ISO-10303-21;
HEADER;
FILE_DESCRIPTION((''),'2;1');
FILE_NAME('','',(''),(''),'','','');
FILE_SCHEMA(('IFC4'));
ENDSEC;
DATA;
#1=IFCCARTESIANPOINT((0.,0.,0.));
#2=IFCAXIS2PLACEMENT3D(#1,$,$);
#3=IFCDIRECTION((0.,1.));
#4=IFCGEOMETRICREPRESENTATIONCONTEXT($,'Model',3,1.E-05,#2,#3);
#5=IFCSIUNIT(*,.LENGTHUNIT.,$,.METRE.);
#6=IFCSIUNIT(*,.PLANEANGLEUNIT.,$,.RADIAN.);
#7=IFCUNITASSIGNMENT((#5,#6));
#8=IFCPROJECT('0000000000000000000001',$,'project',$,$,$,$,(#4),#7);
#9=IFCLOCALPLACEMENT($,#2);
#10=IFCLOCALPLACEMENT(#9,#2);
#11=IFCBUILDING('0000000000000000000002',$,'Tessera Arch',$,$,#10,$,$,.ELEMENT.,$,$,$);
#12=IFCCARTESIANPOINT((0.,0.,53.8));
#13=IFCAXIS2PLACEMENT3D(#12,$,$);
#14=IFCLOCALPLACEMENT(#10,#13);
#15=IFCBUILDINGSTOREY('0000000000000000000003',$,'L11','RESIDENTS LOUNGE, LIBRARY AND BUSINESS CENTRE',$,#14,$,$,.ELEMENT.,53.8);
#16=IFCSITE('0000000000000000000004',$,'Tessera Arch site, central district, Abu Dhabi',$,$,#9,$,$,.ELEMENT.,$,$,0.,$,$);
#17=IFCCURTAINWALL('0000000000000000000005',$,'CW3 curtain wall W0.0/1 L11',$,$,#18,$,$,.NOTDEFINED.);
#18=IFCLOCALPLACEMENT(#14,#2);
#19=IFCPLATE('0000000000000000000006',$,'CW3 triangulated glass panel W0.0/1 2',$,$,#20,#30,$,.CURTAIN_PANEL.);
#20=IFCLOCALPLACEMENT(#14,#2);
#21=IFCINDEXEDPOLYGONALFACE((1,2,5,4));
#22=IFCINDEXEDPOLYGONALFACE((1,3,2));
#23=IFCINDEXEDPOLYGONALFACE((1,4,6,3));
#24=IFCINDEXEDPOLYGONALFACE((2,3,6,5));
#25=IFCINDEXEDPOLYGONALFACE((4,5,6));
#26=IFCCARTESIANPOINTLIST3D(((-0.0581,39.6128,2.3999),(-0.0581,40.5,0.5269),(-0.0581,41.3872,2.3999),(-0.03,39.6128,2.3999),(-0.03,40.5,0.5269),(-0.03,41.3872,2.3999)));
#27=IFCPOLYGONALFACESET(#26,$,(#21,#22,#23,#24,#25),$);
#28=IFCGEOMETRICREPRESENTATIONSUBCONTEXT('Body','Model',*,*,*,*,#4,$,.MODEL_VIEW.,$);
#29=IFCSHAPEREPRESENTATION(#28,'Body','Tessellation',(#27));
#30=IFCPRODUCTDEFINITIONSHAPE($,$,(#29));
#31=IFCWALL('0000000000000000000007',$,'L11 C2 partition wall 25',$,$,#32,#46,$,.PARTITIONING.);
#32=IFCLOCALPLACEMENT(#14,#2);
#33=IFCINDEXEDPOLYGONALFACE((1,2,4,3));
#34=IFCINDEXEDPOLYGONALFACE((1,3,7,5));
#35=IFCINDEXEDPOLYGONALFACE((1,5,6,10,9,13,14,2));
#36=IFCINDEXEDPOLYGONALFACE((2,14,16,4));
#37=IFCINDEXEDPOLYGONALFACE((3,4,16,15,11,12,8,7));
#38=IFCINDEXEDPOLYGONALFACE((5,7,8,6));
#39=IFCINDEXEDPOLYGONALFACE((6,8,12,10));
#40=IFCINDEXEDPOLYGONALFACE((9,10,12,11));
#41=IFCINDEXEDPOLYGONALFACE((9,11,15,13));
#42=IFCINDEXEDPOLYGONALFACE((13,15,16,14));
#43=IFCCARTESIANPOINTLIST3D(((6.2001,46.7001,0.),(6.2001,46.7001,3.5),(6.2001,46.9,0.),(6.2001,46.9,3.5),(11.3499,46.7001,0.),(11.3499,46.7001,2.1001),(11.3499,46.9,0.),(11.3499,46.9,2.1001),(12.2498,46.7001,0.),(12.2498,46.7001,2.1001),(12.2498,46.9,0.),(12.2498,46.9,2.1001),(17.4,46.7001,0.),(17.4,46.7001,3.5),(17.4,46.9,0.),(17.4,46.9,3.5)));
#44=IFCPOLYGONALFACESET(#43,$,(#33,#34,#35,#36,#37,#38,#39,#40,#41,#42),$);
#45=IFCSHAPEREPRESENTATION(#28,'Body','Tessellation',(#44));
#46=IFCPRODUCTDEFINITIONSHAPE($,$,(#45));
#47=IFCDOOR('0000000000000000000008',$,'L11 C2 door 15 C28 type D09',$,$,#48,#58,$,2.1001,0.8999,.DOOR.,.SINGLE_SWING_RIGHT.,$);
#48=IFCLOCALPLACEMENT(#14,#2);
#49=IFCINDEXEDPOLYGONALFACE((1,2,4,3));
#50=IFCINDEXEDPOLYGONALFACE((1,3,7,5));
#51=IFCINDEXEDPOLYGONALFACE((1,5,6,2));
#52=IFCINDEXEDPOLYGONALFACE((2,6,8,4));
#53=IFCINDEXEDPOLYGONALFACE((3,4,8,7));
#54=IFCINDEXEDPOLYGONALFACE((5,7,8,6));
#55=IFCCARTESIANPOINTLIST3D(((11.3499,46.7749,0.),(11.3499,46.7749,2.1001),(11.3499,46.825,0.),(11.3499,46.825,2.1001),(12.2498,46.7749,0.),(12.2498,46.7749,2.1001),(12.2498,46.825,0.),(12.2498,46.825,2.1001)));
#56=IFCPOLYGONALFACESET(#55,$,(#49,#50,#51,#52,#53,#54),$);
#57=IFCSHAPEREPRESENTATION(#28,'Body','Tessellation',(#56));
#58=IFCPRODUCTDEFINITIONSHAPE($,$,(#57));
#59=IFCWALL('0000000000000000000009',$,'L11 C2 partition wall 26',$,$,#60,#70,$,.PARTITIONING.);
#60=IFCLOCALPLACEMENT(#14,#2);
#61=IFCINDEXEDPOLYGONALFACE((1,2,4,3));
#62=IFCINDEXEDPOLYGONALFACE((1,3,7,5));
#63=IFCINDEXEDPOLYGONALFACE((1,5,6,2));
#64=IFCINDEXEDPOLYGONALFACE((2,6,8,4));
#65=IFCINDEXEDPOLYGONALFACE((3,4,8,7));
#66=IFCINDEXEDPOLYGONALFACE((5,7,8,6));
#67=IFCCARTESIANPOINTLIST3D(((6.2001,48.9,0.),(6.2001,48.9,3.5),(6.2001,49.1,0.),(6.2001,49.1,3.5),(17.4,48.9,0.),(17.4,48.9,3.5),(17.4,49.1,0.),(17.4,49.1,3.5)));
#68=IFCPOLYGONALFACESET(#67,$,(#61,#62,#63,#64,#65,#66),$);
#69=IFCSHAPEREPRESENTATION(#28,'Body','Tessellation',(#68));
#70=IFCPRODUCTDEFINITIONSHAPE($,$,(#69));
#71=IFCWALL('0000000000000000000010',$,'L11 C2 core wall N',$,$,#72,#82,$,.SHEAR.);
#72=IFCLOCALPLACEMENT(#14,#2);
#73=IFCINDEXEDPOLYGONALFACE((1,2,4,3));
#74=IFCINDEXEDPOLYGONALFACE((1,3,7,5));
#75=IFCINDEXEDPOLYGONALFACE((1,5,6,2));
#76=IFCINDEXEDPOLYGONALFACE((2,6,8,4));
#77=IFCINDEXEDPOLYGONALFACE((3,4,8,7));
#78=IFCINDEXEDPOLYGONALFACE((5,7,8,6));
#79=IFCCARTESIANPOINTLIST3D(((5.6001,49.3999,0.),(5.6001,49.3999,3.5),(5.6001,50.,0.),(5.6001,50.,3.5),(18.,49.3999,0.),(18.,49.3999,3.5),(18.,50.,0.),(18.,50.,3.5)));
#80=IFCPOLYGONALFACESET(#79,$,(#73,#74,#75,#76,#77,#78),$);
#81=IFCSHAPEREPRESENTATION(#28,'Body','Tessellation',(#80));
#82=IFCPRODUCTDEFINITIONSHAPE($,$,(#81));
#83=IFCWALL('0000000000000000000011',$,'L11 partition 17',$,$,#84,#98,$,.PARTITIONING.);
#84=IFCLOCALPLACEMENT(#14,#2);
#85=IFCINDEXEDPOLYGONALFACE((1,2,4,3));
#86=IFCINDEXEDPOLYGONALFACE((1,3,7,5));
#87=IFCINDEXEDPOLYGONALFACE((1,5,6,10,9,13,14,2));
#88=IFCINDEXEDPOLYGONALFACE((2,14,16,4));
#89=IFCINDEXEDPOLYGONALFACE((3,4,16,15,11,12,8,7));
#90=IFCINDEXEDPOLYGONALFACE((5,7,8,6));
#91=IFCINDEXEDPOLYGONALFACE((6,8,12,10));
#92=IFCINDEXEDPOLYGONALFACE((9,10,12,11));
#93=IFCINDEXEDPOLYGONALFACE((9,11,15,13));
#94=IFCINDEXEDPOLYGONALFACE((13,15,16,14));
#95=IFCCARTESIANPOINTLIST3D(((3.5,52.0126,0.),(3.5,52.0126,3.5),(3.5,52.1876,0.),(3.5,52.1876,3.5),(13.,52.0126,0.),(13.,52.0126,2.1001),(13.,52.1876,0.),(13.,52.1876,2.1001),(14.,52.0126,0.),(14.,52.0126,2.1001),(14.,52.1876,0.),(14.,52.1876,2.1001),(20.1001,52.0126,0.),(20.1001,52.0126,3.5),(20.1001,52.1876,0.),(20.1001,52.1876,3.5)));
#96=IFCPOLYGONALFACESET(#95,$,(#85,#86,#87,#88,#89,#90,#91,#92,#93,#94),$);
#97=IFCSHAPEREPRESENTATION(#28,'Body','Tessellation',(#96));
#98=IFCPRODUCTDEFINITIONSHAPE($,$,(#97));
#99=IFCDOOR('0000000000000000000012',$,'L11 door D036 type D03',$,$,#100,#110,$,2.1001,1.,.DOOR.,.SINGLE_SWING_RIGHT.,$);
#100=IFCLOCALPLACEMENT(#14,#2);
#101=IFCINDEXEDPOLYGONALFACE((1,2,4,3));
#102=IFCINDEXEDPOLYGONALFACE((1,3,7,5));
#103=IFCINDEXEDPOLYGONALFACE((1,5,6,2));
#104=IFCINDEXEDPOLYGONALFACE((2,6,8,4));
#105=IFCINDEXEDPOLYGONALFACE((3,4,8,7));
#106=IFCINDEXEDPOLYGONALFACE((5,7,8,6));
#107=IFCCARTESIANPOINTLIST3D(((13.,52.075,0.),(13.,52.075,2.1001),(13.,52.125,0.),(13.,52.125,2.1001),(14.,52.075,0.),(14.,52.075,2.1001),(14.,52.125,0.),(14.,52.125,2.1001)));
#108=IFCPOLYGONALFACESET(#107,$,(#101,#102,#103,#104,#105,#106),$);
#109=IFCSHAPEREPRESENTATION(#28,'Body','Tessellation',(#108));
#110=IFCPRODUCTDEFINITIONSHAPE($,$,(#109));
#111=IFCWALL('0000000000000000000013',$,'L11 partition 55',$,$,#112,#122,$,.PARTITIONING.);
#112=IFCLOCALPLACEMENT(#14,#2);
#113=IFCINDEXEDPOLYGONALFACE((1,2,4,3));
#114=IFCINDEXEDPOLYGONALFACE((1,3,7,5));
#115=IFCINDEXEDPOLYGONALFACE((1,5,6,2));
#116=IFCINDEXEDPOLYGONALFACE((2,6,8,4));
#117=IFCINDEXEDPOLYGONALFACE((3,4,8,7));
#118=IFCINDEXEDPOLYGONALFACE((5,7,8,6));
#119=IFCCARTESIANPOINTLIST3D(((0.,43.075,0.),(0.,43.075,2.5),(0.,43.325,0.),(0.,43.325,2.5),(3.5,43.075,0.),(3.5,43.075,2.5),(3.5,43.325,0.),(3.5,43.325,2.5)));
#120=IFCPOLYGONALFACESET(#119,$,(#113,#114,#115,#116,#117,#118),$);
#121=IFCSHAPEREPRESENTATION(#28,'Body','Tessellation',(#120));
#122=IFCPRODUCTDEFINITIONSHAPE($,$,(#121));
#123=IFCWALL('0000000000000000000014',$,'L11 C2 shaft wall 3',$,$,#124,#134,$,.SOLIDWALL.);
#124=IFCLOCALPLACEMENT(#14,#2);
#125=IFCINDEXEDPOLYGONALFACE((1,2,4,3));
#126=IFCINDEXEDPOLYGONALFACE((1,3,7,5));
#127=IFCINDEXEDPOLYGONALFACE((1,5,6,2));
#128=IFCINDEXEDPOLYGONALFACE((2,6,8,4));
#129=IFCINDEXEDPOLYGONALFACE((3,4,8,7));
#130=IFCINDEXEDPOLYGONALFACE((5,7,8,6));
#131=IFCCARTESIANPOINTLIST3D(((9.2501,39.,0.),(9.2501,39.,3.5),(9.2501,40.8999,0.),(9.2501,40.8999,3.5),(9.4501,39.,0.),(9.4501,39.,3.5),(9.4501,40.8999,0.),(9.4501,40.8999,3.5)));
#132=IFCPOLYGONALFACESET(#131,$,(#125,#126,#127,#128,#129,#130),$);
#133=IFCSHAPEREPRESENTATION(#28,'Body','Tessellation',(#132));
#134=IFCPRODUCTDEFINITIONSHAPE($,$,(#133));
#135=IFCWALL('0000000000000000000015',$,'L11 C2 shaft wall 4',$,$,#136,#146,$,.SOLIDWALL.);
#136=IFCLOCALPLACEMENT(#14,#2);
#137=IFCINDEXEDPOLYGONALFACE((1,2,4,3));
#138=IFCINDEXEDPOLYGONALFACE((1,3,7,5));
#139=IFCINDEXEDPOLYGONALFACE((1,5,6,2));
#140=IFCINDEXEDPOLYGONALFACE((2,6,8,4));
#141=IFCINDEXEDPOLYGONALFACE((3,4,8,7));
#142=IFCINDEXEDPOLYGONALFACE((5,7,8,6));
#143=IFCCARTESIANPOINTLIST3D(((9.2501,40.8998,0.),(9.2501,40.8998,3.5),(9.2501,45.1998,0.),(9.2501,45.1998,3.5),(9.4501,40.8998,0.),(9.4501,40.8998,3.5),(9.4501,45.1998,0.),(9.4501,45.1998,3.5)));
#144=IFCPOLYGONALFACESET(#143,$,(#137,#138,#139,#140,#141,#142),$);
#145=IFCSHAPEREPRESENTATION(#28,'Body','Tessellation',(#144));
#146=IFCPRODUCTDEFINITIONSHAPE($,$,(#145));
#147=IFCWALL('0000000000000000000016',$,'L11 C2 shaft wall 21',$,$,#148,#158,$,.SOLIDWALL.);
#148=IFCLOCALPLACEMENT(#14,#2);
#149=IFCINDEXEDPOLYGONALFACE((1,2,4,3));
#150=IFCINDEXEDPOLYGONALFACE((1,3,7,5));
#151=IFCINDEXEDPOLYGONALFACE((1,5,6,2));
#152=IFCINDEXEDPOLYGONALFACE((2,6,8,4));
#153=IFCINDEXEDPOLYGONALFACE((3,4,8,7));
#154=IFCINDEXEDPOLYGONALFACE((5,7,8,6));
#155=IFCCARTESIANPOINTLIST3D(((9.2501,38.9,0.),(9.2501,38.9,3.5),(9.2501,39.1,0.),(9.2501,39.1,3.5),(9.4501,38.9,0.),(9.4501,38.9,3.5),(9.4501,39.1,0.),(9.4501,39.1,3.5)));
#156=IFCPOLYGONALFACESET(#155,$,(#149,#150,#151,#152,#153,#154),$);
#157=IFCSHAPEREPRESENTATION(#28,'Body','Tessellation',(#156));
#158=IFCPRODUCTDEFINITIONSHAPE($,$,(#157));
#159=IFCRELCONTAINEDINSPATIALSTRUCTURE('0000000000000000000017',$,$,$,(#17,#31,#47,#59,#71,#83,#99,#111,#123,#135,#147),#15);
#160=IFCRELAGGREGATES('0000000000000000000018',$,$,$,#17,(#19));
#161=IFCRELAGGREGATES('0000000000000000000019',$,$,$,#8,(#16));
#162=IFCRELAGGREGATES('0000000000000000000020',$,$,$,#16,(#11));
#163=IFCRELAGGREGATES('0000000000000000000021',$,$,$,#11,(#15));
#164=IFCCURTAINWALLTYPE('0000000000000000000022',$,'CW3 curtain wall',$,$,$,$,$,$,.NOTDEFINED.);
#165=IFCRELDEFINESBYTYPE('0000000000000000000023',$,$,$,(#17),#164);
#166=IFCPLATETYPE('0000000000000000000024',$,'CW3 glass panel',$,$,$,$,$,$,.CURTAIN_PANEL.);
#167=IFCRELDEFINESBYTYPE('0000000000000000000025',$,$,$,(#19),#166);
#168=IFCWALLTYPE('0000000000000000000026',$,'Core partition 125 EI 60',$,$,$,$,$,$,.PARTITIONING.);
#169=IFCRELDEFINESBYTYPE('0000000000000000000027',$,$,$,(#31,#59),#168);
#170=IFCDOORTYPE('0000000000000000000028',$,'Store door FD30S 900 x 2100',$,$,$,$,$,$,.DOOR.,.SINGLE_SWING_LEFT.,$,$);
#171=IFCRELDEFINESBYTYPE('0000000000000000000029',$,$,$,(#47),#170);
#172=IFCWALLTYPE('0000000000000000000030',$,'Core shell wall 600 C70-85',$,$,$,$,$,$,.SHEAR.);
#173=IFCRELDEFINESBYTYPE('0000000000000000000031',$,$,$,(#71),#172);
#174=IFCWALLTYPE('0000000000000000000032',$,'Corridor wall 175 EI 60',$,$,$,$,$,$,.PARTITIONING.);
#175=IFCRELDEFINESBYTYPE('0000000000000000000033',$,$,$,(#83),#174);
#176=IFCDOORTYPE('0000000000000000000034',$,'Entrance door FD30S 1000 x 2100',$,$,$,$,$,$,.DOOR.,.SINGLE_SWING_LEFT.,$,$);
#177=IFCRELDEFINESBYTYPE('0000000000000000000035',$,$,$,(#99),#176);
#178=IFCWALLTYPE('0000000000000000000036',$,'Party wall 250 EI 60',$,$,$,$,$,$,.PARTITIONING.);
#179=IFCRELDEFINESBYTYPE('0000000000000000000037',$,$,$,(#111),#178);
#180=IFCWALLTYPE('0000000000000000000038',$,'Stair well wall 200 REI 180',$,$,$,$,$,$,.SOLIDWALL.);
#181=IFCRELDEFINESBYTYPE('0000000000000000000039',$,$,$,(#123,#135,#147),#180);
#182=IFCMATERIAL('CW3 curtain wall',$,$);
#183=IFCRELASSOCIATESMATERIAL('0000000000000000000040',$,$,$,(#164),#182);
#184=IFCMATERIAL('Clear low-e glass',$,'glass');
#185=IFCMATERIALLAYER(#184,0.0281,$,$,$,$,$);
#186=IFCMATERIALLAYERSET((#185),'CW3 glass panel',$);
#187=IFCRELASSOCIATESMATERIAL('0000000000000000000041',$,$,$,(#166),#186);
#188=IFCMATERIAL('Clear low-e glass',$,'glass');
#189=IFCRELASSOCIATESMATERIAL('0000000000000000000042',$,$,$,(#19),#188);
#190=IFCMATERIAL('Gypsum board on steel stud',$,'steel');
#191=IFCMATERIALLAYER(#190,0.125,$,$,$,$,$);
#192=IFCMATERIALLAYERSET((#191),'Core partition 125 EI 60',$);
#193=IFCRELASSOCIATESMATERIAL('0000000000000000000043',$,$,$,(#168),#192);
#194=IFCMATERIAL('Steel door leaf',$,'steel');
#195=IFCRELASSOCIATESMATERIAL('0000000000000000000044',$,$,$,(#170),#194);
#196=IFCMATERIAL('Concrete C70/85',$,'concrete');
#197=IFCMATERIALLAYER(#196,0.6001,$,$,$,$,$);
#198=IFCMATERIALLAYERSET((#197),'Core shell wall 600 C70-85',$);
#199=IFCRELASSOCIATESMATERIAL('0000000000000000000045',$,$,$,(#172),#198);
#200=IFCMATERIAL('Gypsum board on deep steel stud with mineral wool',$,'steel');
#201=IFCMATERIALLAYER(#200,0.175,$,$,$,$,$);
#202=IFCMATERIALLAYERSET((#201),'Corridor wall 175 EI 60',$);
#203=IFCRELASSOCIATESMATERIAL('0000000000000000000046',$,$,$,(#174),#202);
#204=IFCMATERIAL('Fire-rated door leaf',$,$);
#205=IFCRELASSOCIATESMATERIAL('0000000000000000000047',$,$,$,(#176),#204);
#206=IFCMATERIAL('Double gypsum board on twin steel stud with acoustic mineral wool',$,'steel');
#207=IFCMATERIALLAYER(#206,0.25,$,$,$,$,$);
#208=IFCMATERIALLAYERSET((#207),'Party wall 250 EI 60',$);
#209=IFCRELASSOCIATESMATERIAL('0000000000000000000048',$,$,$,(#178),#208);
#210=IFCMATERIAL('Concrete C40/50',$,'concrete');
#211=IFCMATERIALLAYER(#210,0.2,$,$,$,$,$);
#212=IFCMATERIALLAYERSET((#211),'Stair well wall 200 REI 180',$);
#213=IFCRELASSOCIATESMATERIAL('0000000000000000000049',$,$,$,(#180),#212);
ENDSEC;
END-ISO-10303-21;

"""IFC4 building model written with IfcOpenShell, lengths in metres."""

from ifc_helpers import new_model, si_unit, direction, frame, frame_2d, origin, place, context, subcontext, project, spatial, polyline, rectangle, outline, extrude, material, layer, layer_set, type_object, element, fill, aggregate, save


model = new_model("IFC4")

# Units and contexts
model_context = context("Model", 3, precision=1e-05, world=origin(), true_north=direction((0.0, 1.0)))
body_context = subcontext(model_context, "Body", "Model", "MODEL_VIEW")
ifc_project = project(units=[si_unit("LENGTHUNIT", "METRE"), si_unit("PLANEANGLEUNIT", "RADIAN")], contexts=[model_context])

# Site, building, storey
site_placement = place(None, origin())
site = spatial("IfcSite", under=ifc_project, at=site_placement, Name="Tessera Arch site, central district, Abu Dhabi", CompositionType="ELEMENT", RefElevation=0.0)
building_placement = place(site_placement, origin())
building = spatial("IfcBuilding", under=site, at=building_placement, Name="Tessera Arch", CompositionType="ELEMENT")
storey_placement = place(building_placement, frame((0.0, 0.0, 53.8)))
storey = spatial("IfcBuildingStorey", under=building, at=storey_placement, Name="L11", Description="RESIDENTS LOUNGE, LIBRARY AND BUSINESS CENTRE", CompositionType="ELEMENT", Elevation=53.8)

# Curtain wall
ifc_material_1 = material(Name="CW3 curtain wall")
curtain_wall_type_1 = type_object("IfcCurtainWallType", Name="CW3 curtain wall", PredefinedType="NOTDEFINED", material=ifc_material_1)
curtain_wall_1_placement = place(storey_placement, origin())
curtain_wall_1 = element("IfcCurtainWall", 1, at=curtain_wall_1_placement, inside=storey, type_object=curtain_wall_type_1, Name="CW3 curtain wall W0.0/1 L11", PredefinedType="NOTDEFINED")

# Plate
ifc_material_2 = material(Name="Clear low-e glass", Category="glass")
ifc_material_3 = material(Name="Clear low-e glass", Category="glass")
ifc_layer_1 = layer(ifc_material_3, 0.0281)
ifc_layer_set_1 = layer_set([ifc_layer_1], Name="CW3 glass panel")
plate_type_1 = type_object("IfcPlateType", Name="CW3 glass panel", PredefinedType="CURTAIN_PANEL", material=ifc_layer_set_1)
plate_1_placement = place(storey_placement, frame((-0.0581, 39.6128, 2.3999), z_axis=(-1.0, 0.0, 0.0), x_axis=(0.0, 1.0, 0.0)))
plate_1 = element("IfcPlate", 2, at=plate_1_placement, type_object=plate_type_1, material=ifc_material_2, Name="CW3 triangulated glass panel W0.0/1 2", PredefinedType="CURTAIN_PANEL", context=body_context, shape_type="SweptSolid", body=[
    extrude(outline(polyline([(0.0, 0.0), (1.7744, 0.0), (0.8872, 1.873), (0.0, 0.0)])), origin(), (0.0, 0.0, -1.0), 0.0281),
])
aggregate(curtain_wall_1, [plate_1])

# Wall, opening, door
ifc_material_4 = material(Name="Gypsum board on steel stud", Category="steel")
ifc_layer_2 = layer(ifc_material_4, 0.125)
ifc_layer_set_2 = layer_set([ifc_layer_2], Name="Core partition 125 EI 60")
wall_type_1 = type_object("IfcWallType", Name="Core partition 125 EI 60", PredefinedType="PARTITIONING", material=ifc_layer_set_2)
wall_1_placement = place(storey_placement, frame((6.2, 46.8, 0.0), z_axis=(0.0, 0.0, 1.0), x_axis=(1.0, 0.0, 0.0)))
wall_1 = element("IfcWall", 3, at=wall_1_placement, inside=storey, type_object=wall_type_1, Name="L11 C2 partition wall 25", PredefinedType="PARTITIONING", context=body_context, shape_type="SweptSolid", body=[
    extrude(rectangle(XDim=11.2, YDim=0.2, at=frame_2d((5.6001, 0.0))), origin(), (0.0, 0.0, 1.0), 3.5),
])
opening_1_placement = place(wall_1_placement, frame((5.1499, 0.0, 0.0)))
opening_1 = element("IfcOpeningElement", 4, at=opening_1_placement, cuts=wall_1, PredefinedType="OPENING", context=body_context, shape_type="SweptSolid", body=[
    extrude(rectangle(XDim=0.8999, YDim=2.1001, at=frame_2d((0.45, 1.05))), frame((0.0, 0.1099, 0.0), z_axis=(0.0, -1.0, 0.0), x_axis=(1.0, 0.0, 0.0)), (0.0, 0.0, 1.0), 0.22),
])
ifc_material_5 = material(Name="Steel door leaf", Category="steel")
door_type_1 = type_object("IfcDoorType", Name="Store door FD30S 900 x 2100", OperationType="SINGLE_SWING_LEFT", PredefinedType="DOOR", material=ifc_material_5)
door_1_placement = place(opening_1_placement, origin())
door_1 = element("IfcDoor", 5, at=door_1_placement, inside=storey, type_object=door_type_1, Name="L11 C2 door 15 C28 type D09", OperationType="SINGLE_SWING_RIGHT", OverallHeight=2.1001, OverallWidth=0.8999, PredefinedType="DOOR", context=body_context, shape_type="SweptSolid", body=[
    extrude(rectangle(XDim=0.8999, YDim=2.1001, at=frame_2d((0.45, 1.05))), frame((0.0, 0.0249, 0.0), z_axis=(0.0, -1.0, 0.0), x_axis=(1.0, 0.0, 0.0)), (0.0, 0.0, 1.0), 0.05),
])
fill(opening_1, door_1)

# Walls
wall_2_placement = place(storey_placement, frame((6.2, 49.0, 0.0), z_axis=(0.0, 0.0, 1.0), x_axis=(1.0, 0.0, 0.0)))
element("IfcWall", 6, at=wall_2_placement, inside=storey, type_object=wall_type_1, Name="L11 C2 partition wall 26", PredefinedType="PARTITIONING", context=body_context, shape_type="SweptSolid", body=[
    extrude(rectangle(XDim=11.2, YDim=0.2, at=frame_2d((5.6001, 0.0))), origin(), (0.0, 0.0, 1.0), 3.5),
])
ifc_material_6 = material(Name="Concrete C70/85", Category="concrete")
ifc_layer_3 = layer(ifc_material_6, 0.6001)
ifc_layer_set_3 = layer_set([ifc_layer_3], Name="Core shell wall 600 C70-85")
wall_type_2 = type_object("IfcWallType", Name="Core shell wall 600 C70-85", PredefinedType="SHEAR", material=ifc_layer_set_3)
wall_3_placement = place(storey_placement, frame((5.6001, 49.7, 0.0), z_axis=(0.0, 0.0, 1.0), x_axis=(1.0, 0.0, 0.0)))
element("IfcWall", 7, at=wall_3_placement, inside=storey, type_object=wall_type_2, Name="L11 C2 core wall N", PredefinedType="SHEAR", context=body_context, shape_type="SweptSolid", body=[
    extrude(rectangle(XDim=12.3999, YDim=0.6001, at=frame_2d((6.2, 0.0))), origin(), (0.0, 0.0, 1.0), 3.5),
])

# Wall, opening, door
ifc_material_7 = material(Name="Gypsum board on deep steel stud with mineral wool", Category="steel")
ifc_layer_4 = layer(ifc_material_7, 0.175)
ifc_layer_set_4 = layer_set([ifc_layer_4], Name="Corridor wall 175 EI 60")
wall_type_3 = type_object("IfcWallType", Name="Corridor wall 175 EI 60", PredefinedType="PARTITIONING", material=ifc_layer_set_4)
wall_4_placement = place(storey_placement, frame((3.5, 52.1001, 0.0), z_axis=(0.0, 0.0, 1.0), x_axis=(1.0, 0.0, 0.0)))
wall_4 = element("IfcWall", 8, at=wall_4_placement, inside=storey, type_object=wall_type_3, Name="L11 partition 17", PredefinedType="PARTITIONING", context=body_context, shape_type="SweptSolid", body=[
    extrude(rectangle(XDim=16.6001, YDim=0.175, at=frame_2d((8.3, 0.0))), origin(), (0.0, 0.0, 1.0), 3.5),
])
opening_2_placement = place(wall_4_placement, frame((9.5, 0.0, 0.0)))
opening_2 = element("IfcOpeningElement", 9, at=opening_2_placement, cuts=wall_4, PredefinedType="OPENING", context=body_context, shape_type="SweptSolid", body=[
    extrude(rectangle(XDim=1.0, YDim=2.1001, at=frame_2d((0.5, 1.05))), frame((0.0, 0.0974, 0.0), z_axis=(0.0, -1.0, 0.0), x_axis=(1.0, 0.0, 0.0)), (0.0, 0.0, 1.0), 0.1951),
])
ifc_material_8 = material(Name="Fire-rated door leaf")
door_type_2 = type_object("IfcDoorType", Name="Entrance door FD30S 1000 x 2100", OperationType="SINGLE_SWING_LEFT", PredefinedType="DOOR", material=ifc_material_8)
door_2_placement = place(opening_2_placement, origin())
door_2 = element("IfcDoor", 10, at=door_2_placement, inside=storey, type_object=door_type_2, Name="L11 door D036 type D03", OperationType="SINGLE_SWING_RIGHT", OverallHeight=2.1001, OverallWidth=1.0, PredefinedType="DOOR", context=body_context, shape_type="SweptSolid", body=[
    extrude(rectangle(XDim=1.0, YDim=2.1001, at=frame_2d((0.5, 1.05))), frame((0.0, 0.0249, 0.0), z_axis=(0.0, -1.0, 0.0), x_axis=(1.0, 0.0, 0.0)), (0.0, 0.0, 1.0), 0.05),
])
fill(opening_2, door_2)

# Walls
ifc_material_9 = material(Name="Double gypsum board on twin steel stud with acoustic mineral wool", Category="steel")
ifc_layer_5 = layer(ifc_material_9, 0.25)
ifc_layer_set_5 = layer_set([ifc_layer_5], Name="Party wall 250 EI 60")
wall_type_4 = type_object("IfcWallType", Name="Party wall 250 EI 60", PredefinedType="PARTITIONING", material=ifc_layer_set_5)
wall_5_placement = place(storey_placement, frame((0.0, 43.2, 0.0), z_axis=(0.0, 0.0, 1.0), x_axis=(1.0, 0.0, 0.0)))
element("IfcWall", 11, at=wall_5_placement, inside=storey, type_object=wall_type_4, Name="L11 partition 55", PredefinedType="PARTITIONING", context=body_context, shape_type="SweptSolid", body=[
    extrude(rectangle(XDim=3.5, YDim=0.25, at=frame_2d((1.75, 0.0))), origin(), (0.0, 0.0, 1.0), 2.5),
])
ifc_material_10 = material(Name="Concrete C40/50", Category="concrete")
ifc_layer_6 = layer(ifc_material_10, 0.2)
ifc_layer_set_6 = layer_set([ifc_layer_6], Name="Stair well wall 200 REI 180")
wall_type_5 = type_object("IfcWallType", Name="Stair well wall 200 REI 180", PredefinedType="SOLIDWALL", material=ifc_layer_set_6)
wall_6_placement = place(storey_placement, frame((9.3501, 39.0, 0.0), z_axis=(0.0, 0.0, 1.0), x_axis=(0.0, 1.0, 0.0)))
element("IfcWall", 12, at=wall_6_placement, inside=storey, type_object=wall_type_5, Name="L11 C2 shaft wall 3", PredefinedType="SOLIDWALL", context=body_context, shape_type="SweptSolid", body=[
    extrude(rectangle(XDim=1.8999, YDim=0.2, at=frame_2d((0.95, 0.0))), origin(), (0.0, 0.0, 1.0), 3.5),
])
wall_7_placement = place(storey_placement, frame((9.3501, 40.8999, 0.0), z_axis=(0.0, 0.0, 1.0), x_axis=(0.0, 1.0, 0.0)))
element("IfcWall", 13, at=wall_7_placement, inside=storey, type_object=wall_type_5, Name="L11 C2 shaft wall 4", PredefinedType="SOLIDWALL", context=body_context, shape_type="SweptSolid", body=[
    extrude(rectangle(XDim=4.3, YDim=0.2, at=frame_2d((2.1499, 0.0))), origin(), (0.0, 0.0, 1.0), 3.5),
])
wall_8_placement = place(storey_placement, frame((9.25, 39.0, 0.0), z_axis=(0.0, 0.0, 1.0), x_axis=(1.0, 0.0, 0.0)))
element("IfcWall", 14, at=wall_8_placement, inside=storey, type_object=wall_type_5, Name="L11 C2 shaft wall 21", PredefinedType="SOLIDWALL", context=body_context, shape_type="SweptSolid", body=[
    extrude(rectangle(XDim=0.2, YDim=0.2, at=frame_2d((0.1001, 0.0))), origin(), (0.0, 0.0, 1.0), 3.5),
])

save(model, "model.ifc")
